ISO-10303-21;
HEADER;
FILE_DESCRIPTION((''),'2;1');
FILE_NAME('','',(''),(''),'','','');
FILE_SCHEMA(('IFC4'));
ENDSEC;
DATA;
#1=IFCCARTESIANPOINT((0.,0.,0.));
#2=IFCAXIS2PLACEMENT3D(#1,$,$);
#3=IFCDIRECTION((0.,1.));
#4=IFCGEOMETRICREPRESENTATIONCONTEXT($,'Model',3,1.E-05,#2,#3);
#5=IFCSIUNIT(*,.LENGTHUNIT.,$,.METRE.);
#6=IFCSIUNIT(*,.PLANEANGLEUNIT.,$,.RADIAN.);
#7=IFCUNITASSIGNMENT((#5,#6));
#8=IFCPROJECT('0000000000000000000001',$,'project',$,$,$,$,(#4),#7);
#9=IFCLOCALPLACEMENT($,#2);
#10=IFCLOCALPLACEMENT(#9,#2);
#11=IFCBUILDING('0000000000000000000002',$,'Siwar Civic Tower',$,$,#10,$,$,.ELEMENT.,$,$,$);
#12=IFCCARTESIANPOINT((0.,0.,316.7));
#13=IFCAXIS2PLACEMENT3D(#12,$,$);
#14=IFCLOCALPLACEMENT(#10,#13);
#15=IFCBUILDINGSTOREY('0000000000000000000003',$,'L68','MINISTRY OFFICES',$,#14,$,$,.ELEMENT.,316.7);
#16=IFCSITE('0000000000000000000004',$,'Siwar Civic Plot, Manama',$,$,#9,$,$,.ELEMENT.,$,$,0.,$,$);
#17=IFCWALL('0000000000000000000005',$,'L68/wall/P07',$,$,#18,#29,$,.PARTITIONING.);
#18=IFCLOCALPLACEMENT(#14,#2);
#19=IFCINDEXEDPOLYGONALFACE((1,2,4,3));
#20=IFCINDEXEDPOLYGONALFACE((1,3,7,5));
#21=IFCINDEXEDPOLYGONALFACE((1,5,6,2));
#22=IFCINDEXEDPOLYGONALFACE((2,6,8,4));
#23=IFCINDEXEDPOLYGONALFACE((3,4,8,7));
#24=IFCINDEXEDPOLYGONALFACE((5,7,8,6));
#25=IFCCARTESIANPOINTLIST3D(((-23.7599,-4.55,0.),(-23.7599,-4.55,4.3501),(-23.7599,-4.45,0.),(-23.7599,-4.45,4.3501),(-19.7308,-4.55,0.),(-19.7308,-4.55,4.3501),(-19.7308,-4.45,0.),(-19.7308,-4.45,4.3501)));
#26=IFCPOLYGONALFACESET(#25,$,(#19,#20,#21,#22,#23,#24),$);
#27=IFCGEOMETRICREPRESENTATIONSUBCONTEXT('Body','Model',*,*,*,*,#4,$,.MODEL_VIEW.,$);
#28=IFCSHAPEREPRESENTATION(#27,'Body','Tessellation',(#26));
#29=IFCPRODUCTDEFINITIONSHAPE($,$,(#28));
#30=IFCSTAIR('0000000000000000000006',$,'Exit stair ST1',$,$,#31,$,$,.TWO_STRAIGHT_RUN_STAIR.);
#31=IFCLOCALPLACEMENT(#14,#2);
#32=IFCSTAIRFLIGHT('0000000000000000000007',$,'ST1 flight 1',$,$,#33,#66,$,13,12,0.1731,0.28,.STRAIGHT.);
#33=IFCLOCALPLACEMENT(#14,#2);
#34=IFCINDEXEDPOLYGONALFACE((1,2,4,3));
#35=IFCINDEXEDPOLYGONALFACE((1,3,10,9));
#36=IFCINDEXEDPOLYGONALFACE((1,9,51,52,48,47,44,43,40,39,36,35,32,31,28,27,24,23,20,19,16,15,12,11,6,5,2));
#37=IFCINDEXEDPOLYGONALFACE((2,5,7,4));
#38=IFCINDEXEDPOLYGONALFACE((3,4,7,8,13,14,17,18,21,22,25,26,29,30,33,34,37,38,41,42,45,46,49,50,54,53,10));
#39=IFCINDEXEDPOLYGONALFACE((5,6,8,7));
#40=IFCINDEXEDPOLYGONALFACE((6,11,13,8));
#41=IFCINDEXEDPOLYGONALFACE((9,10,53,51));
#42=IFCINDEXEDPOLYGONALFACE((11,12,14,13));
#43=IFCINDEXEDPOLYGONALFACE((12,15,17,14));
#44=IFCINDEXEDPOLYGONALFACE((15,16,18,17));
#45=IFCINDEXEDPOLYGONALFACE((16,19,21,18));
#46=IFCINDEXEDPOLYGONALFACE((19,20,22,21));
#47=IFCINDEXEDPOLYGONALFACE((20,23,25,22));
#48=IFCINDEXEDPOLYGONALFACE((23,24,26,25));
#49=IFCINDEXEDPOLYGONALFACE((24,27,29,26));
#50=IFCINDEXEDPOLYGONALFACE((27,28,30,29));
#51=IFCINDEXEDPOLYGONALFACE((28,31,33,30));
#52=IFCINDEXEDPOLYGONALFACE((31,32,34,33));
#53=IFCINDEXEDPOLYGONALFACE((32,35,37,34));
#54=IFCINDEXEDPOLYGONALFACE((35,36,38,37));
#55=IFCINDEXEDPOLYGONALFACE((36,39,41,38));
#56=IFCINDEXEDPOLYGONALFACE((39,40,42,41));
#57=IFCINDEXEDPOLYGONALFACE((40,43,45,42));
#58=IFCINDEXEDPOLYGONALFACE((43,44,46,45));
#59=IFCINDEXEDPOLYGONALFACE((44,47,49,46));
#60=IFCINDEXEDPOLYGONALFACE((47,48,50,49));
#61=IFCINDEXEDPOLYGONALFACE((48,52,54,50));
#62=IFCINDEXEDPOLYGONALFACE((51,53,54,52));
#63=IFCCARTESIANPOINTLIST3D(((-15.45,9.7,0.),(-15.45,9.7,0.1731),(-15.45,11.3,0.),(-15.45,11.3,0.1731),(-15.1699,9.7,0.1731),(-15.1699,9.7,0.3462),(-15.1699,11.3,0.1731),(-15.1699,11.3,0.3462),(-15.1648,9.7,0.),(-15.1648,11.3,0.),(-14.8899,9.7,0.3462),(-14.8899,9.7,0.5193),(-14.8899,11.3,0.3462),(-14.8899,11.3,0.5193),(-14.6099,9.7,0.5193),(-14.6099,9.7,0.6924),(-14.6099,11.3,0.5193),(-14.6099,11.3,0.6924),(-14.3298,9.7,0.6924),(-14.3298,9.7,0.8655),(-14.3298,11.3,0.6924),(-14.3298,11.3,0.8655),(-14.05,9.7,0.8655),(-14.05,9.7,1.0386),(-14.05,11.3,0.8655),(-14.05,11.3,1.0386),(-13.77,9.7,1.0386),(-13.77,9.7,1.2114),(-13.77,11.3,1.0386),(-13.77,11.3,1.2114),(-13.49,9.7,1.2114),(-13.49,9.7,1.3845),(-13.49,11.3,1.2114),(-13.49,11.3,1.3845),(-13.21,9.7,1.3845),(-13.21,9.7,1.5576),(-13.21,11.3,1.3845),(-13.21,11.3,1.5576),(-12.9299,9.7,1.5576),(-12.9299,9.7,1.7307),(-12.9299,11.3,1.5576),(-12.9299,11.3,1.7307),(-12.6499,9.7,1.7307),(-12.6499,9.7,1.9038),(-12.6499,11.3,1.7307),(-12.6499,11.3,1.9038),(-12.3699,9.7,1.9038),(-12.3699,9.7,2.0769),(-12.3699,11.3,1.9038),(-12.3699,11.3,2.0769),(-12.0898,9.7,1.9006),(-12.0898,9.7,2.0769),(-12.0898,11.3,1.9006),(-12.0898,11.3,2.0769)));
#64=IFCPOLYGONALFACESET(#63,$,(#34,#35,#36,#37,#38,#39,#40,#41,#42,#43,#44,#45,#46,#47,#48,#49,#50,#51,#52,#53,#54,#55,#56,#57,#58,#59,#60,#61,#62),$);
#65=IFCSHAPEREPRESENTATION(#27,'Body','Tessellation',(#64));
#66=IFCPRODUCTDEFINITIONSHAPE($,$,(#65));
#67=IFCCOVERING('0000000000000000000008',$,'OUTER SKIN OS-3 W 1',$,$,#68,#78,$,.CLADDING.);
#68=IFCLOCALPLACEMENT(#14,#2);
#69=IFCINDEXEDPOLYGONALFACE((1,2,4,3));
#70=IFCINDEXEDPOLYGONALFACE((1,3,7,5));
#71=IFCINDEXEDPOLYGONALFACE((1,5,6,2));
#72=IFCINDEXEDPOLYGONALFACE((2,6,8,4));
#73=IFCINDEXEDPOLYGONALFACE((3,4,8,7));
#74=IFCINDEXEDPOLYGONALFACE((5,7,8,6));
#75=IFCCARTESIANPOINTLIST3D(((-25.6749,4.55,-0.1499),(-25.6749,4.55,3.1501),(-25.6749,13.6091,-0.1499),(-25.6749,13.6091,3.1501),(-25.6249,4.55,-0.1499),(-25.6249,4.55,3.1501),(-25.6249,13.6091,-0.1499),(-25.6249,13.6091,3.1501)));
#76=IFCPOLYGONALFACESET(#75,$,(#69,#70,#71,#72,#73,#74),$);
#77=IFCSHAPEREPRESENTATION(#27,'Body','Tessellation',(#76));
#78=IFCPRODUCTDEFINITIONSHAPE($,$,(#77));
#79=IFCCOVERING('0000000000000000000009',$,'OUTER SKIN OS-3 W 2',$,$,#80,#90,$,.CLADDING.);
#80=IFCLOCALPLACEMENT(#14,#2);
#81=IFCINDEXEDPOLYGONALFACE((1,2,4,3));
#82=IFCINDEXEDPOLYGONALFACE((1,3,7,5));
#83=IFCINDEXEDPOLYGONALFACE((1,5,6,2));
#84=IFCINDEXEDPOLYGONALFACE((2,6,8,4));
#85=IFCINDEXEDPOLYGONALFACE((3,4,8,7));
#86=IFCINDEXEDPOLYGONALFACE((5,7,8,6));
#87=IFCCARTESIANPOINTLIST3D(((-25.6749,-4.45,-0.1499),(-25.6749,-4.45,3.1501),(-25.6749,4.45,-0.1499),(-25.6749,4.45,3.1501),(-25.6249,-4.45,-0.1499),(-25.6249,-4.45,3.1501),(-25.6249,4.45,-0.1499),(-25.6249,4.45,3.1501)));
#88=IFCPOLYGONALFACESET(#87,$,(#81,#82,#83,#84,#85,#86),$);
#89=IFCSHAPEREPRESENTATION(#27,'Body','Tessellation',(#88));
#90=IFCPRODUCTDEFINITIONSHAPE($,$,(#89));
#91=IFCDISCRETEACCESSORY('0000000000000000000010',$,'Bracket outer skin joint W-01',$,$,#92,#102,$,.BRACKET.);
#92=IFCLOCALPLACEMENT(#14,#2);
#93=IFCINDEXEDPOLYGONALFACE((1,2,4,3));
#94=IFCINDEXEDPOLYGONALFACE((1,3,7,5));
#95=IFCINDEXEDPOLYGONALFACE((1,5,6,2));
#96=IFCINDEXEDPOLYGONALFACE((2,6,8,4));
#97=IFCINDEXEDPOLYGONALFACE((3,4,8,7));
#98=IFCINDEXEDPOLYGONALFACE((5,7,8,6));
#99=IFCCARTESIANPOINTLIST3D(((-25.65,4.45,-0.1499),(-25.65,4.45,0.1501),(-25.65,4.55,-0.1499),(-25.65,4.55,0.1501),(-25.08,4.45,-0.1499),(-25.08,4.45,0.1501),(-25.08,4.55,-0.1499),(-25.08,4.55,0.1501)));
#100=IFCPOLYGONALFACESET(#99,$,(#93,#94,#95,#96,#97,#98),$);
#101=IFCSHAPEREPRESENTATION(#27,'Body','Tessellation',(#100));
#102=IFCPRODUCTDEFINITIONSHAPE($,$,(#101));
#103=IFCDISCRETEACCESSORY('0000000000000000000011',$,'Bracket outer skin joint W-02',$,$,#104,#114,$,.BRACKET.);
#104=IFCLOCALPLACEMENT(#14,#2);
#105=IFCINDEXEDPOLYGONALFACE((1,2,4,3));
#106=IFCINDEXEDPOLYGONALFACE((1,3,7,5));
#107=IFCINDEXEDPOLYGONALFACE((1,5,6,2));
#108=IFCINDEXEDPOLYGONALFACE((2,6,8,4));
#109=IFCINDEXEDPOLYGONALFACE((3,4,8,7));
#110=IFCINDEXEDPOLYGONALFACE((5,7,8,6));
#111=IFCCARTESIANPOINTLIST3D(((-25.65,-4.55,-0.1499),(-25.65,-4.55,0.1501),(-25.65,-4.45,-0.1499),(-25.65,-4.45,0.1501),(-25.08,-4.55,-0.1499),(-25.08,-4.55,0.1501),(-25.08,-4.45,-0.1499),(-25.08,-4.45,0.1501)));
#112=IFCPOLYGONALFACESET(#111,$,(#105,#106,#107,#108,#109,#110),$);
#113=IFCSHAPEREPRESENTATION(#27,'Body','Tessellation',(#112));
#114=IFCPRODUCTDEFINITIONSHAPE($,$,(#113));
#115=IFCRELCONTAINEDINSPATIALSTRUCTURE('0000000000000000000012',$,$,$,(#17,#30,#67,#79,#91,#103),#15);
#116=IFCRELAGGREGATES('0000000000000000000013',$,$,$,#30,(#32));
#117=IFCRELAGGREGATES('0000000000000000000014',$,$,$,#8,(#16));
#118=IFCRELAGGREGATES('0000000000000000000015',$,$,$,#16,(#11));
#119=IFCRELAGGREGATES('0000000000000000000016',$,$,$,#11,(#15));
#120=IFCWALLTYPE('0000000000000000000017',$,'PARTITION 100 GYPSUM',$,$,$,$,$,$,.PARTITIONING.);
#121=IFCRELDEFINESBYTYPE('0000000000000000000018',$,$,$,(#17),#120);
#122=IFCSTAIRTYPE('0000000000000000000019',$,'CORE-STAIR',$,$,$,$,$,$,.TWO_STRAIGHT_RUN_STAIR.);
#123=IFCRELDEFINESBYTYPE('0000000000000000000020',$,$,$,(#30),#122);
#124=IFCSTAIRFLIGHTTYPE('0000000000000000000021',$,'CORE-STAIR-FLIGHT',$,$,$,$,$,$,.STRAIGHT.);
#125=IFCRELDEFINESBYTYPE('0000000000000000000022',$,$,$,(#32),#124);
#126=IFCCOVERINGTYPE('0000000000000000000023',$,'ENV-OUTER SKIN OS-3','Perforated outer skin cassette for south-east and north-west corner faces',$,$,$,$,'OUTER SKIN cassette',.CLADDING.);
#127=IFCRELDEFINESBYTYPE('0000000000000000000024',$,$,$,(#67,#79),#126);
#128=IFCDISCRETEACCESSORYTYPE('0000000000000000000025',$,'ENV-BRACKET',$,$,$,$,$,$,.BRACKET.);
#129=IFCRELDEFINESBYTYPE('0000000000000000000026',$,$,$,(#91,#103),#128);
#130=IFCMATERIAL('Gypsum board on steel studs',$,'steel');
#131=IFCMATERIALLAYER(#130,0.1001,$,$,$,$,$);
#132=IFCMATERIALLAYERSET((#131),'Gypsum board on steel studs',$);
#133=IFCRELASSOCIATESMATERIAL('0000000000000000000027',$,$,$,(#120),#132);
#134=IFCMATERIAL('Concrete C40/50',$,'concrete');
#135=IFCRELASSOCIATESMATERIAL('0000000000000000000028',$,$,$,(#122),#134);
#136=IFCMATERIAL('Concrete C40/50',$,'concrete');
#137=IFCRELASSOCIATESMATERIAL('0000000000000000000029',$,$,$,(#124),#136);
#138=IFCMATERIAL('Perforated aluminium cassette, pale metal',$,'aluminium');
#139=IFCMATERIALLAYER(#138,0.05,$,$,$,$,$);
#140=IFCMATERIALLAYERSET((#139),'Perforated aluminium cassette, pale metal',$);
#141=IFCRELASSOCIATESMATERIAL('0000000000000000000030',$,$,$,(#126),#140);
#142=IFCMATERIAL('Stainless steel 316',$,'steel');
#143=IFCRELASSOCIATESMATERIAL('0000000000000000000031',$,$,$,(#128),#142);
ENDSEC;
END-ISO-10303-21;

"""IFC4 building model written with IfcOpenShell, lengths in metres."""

from ifc_helpers import new_model, si_unit, direction, frame, frame_2d, origin, origin_2d, place, context, subcontext, project, spatial, polyline, rectangle, outline, extrude, material, layer, layer_set, type_object, element, aggregate, save


model = new_model("IFC4")

# Units and contexts
model_context = context("Model", 3, precision=1e-05, world=origin(), true_north=direction((0.0, 1.0)))
body_context = subcontext(model_context, "Body", "Model", "MODEL_VIEW")
ifc_project = project(units=[si_unit("LENGTHUNIT", "METRE"), si_unit("PLANEANGLEUNIT", "RADIAN")], contexts=[model_context])

# Site, building, storey
site_placement = place(None, origin())
site = spatial("IfcSite", under=ifc_project, at=site_placement, Name="Siwar Civic Plot, Manama", CompositionType="ELEMENT", RefElevation=0.0)
building_placement = place(site_placement, origin())
building = spatial("IfcBuilding", under=site, at=building_placement, Name="Siwar Civic Tower", CompositionType="ELEMENT")
storey_placement = place(building_placement, frame((0.0, 0.0, 316.7)))
storey = spatial("IfcBuildingStorey", under=building, at=storey_placement, Name="L68", Description="MINISTRY OFFICES", CompositionType="ELEMENT", Elevation=316.7)

# Wall
ifc_material_1 = material(Name="Gypsum board on steel studs", Category="steel")
ifc_layer_1 = layer(ifc_material_1, 0.1001)
ifc_layer_set_1 = layer_set([ifc_layer_1], Name="Gypsum board on steel studs")
wall_type_1 = type_object("IfcWallType", Name="PARTITION 100 GYPSUM", PredefinedType="PARTITIONING", material=ifc_layer_set_1)
wall_1_placement = place(storey_placement, frame((-23.76, -4.5, 0.0), z_axis=(0.0, 0.0, 1.0), x_axis=(1.0, 0.0, 0.0)))
element("IfcWall", 1, at=wall_1_placement, inside=storey, type_object=wall_type_1, Name="L68/wall/P07", PredefinedType="PARTITIONING", context=body_context, shape_type="SweptSolid", body=[
    extrude(rectangle(XDim=4.0291, YDim=0.1001, at=frame_2d((2.0146, 0.0))), origin(), (0.0, 0.0, 1.0), 4.3501),
])

# Stair, stair flight
ifc_material_2 = material(Name="Concrete C40/50", Category="concrete")
stair_type = type_object("IfcStairType", Name="CORE-STAIR", PredefinedType="TWO_STRAIGHT_RUN_STAIR", material=ifc_material_2)
stair_placement = place(storey_placement, origin())
stair = element("IfcStair", 2, at=stair_placement, inside=storey, type_object=stair_type, Name="Exit stair ST1", PredefinedType="TWO_STRAIGHT_RUN_STAIR")
ifc_material_3 = material(Name="Concrete C40/50", Category="concrete")
stair_flight_type = type_object("IfcStairFlightType", Name="CORE-STAIR-FLIGHT", PredefinedType="STRAIGHT", material=ifc_material_3)
stair_flight_placement = place(storey_placement, frame((-15.45, 10.5, 0.0), z_axis=(0.0, 0.0, 1.0), x_axis=(1.0, 0.0, 0.0)))
stair_flight = element("IfcStairFlight", 3, at=stair_flight_placement, type_object=stair_flight_type, Name="ST1 flight 1", NumberOfRisers=13, NumberOfTreads=12, PredefinedType="STRAIGHT", RiserHeight=0.1731, TreadLength=0.28, context=body_context, shape_type="SweptSolid", body=[
    extrude(outline(polyline([(0.0, 0.0), (0.0, 0.1731), (0.28, 0.1731), (0.28, 0.3462), (0.5601, 0.3462), (0.5601, 0.5193), (0.8401, 0.5193), (0.8401, 0.6924), (1.1201, 0.6924), (1.1201, 0.8655), (1.3999, 0.8655), (1.3999, 1.0386), (1.6799, 1.0386), (1.6799, 1.2114), (1.96, 1.2114), (1.96, 1.3845), (2.24, 1.3845), (2.24, 1.5576), (2.52, 1.5576), (2.52, 1.7307), (2.8, 1.7307), (2.8, 1.9038), (3.0801, 1.9038), (3.0801, 2.0769), (3.3601, 2.0769), (3.3601, 2.25), (3.3601, 1.9006), (0.2852, 0.0), (0.0, 0.0)])), frame((0.0, 0.8, 0.0), z_axis=(0.0, -1.0, 0.0), x_axis=(1.0, 0.0, 0.0)), (0.0, 0.0, 1.0), 1.6001),
])
aggregate(stair, [stair_flight])

# Coverings
ifc_material_4 = material(Name="Perforated aluminium cassette, pale metal", Category="aluminium")
ifc_layer_2 = layer(ifc_material_4, 0.05)
ifc_layer_set_2 = layer_set([ifc_layer_2], Name="Perforated aluminium cassette, pale metal")
covering_type = type_object("IfcCoveringType", Name="ENV-OUTER SKIN OS-3", Description="Perforated outer skin cassette for south-east and north-west corner faces", ElementType="OUTER SKIN cassette", PredefinedType="CLADDING", material=ifc_layer_set_2)
covering_1_placement = place(storey_placement, frame((-25.6499, 9.0796, -0.1499), z_axis=(0.0, 0.0, 1.0), x_axis=(0.0, -1.0, 0.0)))
element("IfcCovering", 4, at=covering_1_placement, inside=storey, type_object=covering_type, Name="OUTER SKIN OS-3 W 1", PredefinedType="CLADDING", context=body_context, shape_type="SweptSolid", body=[
    extrude(rectangle(XDim=9.0591, YDim=0.05, at=origin_2d()), origin(), (0.0, 0.0, 1.0), 3.3),
])
covering_2_placement = place(storey_placement, frame((-25.6499, 0.0, -0.1499), z_axis=(0.0, 0.0, 1.0), x_axis=(0.0, -1.0, 0.0)))
element("IfcCovering", 5, at=covering_2_placement, inside=storey, type_object=covering_type, Name="OUTER SKIN OS-3 W 2", PredefinedType="CLADDING", context=body_context, shape_type="SweptSolid", body=[
    extrude(rectangle(XDim=8.8999, YDim=0.05, at=origin_2d()), origin(), (0.0, 0.0, 1.0), 3.3),
])

# Discrete accessories
ifc_material_5 = material(Name="Stainless steel 316", Category="steel")
discrete_accessory_type = type_object("IfcDiscreteAccessoryType", Name="ENV-BRACKET", PredefinedType="BRACKET", material=ifc_material_5)
for number, where, z_axis, x_axis, name in (
    (6, (-25.365, 4.5, -0.1499), (0.0, 0.0, 1.0), (-1.0, 0.0, 0.0), "Bracket outer skin joint W-01"),
    (7, (-25.365, -4.5, -0.1499), (0.0, 0.0, 1.0), (-1.0, 0.0, 0.0), "Bracket outer skin joint W-02"),
):
    element("IfcDiscreteAccessory", number, at=place(storey_placement, frame(where, z_axis=z_axis, x_axis=x_axis)), inside=storey, type_object=discrete_accessory_type, Name=name, PredefinedType="BRACKET", context=body_context, shape_type="SweptSolid", body=[
        extrude(rectangle(XDim=0.5701, YDim=0.1001, at=origin_2d()), origin(), (0.0, 0.0, 1.0), 0.3),
    ])

save(model, "model.ifc")
